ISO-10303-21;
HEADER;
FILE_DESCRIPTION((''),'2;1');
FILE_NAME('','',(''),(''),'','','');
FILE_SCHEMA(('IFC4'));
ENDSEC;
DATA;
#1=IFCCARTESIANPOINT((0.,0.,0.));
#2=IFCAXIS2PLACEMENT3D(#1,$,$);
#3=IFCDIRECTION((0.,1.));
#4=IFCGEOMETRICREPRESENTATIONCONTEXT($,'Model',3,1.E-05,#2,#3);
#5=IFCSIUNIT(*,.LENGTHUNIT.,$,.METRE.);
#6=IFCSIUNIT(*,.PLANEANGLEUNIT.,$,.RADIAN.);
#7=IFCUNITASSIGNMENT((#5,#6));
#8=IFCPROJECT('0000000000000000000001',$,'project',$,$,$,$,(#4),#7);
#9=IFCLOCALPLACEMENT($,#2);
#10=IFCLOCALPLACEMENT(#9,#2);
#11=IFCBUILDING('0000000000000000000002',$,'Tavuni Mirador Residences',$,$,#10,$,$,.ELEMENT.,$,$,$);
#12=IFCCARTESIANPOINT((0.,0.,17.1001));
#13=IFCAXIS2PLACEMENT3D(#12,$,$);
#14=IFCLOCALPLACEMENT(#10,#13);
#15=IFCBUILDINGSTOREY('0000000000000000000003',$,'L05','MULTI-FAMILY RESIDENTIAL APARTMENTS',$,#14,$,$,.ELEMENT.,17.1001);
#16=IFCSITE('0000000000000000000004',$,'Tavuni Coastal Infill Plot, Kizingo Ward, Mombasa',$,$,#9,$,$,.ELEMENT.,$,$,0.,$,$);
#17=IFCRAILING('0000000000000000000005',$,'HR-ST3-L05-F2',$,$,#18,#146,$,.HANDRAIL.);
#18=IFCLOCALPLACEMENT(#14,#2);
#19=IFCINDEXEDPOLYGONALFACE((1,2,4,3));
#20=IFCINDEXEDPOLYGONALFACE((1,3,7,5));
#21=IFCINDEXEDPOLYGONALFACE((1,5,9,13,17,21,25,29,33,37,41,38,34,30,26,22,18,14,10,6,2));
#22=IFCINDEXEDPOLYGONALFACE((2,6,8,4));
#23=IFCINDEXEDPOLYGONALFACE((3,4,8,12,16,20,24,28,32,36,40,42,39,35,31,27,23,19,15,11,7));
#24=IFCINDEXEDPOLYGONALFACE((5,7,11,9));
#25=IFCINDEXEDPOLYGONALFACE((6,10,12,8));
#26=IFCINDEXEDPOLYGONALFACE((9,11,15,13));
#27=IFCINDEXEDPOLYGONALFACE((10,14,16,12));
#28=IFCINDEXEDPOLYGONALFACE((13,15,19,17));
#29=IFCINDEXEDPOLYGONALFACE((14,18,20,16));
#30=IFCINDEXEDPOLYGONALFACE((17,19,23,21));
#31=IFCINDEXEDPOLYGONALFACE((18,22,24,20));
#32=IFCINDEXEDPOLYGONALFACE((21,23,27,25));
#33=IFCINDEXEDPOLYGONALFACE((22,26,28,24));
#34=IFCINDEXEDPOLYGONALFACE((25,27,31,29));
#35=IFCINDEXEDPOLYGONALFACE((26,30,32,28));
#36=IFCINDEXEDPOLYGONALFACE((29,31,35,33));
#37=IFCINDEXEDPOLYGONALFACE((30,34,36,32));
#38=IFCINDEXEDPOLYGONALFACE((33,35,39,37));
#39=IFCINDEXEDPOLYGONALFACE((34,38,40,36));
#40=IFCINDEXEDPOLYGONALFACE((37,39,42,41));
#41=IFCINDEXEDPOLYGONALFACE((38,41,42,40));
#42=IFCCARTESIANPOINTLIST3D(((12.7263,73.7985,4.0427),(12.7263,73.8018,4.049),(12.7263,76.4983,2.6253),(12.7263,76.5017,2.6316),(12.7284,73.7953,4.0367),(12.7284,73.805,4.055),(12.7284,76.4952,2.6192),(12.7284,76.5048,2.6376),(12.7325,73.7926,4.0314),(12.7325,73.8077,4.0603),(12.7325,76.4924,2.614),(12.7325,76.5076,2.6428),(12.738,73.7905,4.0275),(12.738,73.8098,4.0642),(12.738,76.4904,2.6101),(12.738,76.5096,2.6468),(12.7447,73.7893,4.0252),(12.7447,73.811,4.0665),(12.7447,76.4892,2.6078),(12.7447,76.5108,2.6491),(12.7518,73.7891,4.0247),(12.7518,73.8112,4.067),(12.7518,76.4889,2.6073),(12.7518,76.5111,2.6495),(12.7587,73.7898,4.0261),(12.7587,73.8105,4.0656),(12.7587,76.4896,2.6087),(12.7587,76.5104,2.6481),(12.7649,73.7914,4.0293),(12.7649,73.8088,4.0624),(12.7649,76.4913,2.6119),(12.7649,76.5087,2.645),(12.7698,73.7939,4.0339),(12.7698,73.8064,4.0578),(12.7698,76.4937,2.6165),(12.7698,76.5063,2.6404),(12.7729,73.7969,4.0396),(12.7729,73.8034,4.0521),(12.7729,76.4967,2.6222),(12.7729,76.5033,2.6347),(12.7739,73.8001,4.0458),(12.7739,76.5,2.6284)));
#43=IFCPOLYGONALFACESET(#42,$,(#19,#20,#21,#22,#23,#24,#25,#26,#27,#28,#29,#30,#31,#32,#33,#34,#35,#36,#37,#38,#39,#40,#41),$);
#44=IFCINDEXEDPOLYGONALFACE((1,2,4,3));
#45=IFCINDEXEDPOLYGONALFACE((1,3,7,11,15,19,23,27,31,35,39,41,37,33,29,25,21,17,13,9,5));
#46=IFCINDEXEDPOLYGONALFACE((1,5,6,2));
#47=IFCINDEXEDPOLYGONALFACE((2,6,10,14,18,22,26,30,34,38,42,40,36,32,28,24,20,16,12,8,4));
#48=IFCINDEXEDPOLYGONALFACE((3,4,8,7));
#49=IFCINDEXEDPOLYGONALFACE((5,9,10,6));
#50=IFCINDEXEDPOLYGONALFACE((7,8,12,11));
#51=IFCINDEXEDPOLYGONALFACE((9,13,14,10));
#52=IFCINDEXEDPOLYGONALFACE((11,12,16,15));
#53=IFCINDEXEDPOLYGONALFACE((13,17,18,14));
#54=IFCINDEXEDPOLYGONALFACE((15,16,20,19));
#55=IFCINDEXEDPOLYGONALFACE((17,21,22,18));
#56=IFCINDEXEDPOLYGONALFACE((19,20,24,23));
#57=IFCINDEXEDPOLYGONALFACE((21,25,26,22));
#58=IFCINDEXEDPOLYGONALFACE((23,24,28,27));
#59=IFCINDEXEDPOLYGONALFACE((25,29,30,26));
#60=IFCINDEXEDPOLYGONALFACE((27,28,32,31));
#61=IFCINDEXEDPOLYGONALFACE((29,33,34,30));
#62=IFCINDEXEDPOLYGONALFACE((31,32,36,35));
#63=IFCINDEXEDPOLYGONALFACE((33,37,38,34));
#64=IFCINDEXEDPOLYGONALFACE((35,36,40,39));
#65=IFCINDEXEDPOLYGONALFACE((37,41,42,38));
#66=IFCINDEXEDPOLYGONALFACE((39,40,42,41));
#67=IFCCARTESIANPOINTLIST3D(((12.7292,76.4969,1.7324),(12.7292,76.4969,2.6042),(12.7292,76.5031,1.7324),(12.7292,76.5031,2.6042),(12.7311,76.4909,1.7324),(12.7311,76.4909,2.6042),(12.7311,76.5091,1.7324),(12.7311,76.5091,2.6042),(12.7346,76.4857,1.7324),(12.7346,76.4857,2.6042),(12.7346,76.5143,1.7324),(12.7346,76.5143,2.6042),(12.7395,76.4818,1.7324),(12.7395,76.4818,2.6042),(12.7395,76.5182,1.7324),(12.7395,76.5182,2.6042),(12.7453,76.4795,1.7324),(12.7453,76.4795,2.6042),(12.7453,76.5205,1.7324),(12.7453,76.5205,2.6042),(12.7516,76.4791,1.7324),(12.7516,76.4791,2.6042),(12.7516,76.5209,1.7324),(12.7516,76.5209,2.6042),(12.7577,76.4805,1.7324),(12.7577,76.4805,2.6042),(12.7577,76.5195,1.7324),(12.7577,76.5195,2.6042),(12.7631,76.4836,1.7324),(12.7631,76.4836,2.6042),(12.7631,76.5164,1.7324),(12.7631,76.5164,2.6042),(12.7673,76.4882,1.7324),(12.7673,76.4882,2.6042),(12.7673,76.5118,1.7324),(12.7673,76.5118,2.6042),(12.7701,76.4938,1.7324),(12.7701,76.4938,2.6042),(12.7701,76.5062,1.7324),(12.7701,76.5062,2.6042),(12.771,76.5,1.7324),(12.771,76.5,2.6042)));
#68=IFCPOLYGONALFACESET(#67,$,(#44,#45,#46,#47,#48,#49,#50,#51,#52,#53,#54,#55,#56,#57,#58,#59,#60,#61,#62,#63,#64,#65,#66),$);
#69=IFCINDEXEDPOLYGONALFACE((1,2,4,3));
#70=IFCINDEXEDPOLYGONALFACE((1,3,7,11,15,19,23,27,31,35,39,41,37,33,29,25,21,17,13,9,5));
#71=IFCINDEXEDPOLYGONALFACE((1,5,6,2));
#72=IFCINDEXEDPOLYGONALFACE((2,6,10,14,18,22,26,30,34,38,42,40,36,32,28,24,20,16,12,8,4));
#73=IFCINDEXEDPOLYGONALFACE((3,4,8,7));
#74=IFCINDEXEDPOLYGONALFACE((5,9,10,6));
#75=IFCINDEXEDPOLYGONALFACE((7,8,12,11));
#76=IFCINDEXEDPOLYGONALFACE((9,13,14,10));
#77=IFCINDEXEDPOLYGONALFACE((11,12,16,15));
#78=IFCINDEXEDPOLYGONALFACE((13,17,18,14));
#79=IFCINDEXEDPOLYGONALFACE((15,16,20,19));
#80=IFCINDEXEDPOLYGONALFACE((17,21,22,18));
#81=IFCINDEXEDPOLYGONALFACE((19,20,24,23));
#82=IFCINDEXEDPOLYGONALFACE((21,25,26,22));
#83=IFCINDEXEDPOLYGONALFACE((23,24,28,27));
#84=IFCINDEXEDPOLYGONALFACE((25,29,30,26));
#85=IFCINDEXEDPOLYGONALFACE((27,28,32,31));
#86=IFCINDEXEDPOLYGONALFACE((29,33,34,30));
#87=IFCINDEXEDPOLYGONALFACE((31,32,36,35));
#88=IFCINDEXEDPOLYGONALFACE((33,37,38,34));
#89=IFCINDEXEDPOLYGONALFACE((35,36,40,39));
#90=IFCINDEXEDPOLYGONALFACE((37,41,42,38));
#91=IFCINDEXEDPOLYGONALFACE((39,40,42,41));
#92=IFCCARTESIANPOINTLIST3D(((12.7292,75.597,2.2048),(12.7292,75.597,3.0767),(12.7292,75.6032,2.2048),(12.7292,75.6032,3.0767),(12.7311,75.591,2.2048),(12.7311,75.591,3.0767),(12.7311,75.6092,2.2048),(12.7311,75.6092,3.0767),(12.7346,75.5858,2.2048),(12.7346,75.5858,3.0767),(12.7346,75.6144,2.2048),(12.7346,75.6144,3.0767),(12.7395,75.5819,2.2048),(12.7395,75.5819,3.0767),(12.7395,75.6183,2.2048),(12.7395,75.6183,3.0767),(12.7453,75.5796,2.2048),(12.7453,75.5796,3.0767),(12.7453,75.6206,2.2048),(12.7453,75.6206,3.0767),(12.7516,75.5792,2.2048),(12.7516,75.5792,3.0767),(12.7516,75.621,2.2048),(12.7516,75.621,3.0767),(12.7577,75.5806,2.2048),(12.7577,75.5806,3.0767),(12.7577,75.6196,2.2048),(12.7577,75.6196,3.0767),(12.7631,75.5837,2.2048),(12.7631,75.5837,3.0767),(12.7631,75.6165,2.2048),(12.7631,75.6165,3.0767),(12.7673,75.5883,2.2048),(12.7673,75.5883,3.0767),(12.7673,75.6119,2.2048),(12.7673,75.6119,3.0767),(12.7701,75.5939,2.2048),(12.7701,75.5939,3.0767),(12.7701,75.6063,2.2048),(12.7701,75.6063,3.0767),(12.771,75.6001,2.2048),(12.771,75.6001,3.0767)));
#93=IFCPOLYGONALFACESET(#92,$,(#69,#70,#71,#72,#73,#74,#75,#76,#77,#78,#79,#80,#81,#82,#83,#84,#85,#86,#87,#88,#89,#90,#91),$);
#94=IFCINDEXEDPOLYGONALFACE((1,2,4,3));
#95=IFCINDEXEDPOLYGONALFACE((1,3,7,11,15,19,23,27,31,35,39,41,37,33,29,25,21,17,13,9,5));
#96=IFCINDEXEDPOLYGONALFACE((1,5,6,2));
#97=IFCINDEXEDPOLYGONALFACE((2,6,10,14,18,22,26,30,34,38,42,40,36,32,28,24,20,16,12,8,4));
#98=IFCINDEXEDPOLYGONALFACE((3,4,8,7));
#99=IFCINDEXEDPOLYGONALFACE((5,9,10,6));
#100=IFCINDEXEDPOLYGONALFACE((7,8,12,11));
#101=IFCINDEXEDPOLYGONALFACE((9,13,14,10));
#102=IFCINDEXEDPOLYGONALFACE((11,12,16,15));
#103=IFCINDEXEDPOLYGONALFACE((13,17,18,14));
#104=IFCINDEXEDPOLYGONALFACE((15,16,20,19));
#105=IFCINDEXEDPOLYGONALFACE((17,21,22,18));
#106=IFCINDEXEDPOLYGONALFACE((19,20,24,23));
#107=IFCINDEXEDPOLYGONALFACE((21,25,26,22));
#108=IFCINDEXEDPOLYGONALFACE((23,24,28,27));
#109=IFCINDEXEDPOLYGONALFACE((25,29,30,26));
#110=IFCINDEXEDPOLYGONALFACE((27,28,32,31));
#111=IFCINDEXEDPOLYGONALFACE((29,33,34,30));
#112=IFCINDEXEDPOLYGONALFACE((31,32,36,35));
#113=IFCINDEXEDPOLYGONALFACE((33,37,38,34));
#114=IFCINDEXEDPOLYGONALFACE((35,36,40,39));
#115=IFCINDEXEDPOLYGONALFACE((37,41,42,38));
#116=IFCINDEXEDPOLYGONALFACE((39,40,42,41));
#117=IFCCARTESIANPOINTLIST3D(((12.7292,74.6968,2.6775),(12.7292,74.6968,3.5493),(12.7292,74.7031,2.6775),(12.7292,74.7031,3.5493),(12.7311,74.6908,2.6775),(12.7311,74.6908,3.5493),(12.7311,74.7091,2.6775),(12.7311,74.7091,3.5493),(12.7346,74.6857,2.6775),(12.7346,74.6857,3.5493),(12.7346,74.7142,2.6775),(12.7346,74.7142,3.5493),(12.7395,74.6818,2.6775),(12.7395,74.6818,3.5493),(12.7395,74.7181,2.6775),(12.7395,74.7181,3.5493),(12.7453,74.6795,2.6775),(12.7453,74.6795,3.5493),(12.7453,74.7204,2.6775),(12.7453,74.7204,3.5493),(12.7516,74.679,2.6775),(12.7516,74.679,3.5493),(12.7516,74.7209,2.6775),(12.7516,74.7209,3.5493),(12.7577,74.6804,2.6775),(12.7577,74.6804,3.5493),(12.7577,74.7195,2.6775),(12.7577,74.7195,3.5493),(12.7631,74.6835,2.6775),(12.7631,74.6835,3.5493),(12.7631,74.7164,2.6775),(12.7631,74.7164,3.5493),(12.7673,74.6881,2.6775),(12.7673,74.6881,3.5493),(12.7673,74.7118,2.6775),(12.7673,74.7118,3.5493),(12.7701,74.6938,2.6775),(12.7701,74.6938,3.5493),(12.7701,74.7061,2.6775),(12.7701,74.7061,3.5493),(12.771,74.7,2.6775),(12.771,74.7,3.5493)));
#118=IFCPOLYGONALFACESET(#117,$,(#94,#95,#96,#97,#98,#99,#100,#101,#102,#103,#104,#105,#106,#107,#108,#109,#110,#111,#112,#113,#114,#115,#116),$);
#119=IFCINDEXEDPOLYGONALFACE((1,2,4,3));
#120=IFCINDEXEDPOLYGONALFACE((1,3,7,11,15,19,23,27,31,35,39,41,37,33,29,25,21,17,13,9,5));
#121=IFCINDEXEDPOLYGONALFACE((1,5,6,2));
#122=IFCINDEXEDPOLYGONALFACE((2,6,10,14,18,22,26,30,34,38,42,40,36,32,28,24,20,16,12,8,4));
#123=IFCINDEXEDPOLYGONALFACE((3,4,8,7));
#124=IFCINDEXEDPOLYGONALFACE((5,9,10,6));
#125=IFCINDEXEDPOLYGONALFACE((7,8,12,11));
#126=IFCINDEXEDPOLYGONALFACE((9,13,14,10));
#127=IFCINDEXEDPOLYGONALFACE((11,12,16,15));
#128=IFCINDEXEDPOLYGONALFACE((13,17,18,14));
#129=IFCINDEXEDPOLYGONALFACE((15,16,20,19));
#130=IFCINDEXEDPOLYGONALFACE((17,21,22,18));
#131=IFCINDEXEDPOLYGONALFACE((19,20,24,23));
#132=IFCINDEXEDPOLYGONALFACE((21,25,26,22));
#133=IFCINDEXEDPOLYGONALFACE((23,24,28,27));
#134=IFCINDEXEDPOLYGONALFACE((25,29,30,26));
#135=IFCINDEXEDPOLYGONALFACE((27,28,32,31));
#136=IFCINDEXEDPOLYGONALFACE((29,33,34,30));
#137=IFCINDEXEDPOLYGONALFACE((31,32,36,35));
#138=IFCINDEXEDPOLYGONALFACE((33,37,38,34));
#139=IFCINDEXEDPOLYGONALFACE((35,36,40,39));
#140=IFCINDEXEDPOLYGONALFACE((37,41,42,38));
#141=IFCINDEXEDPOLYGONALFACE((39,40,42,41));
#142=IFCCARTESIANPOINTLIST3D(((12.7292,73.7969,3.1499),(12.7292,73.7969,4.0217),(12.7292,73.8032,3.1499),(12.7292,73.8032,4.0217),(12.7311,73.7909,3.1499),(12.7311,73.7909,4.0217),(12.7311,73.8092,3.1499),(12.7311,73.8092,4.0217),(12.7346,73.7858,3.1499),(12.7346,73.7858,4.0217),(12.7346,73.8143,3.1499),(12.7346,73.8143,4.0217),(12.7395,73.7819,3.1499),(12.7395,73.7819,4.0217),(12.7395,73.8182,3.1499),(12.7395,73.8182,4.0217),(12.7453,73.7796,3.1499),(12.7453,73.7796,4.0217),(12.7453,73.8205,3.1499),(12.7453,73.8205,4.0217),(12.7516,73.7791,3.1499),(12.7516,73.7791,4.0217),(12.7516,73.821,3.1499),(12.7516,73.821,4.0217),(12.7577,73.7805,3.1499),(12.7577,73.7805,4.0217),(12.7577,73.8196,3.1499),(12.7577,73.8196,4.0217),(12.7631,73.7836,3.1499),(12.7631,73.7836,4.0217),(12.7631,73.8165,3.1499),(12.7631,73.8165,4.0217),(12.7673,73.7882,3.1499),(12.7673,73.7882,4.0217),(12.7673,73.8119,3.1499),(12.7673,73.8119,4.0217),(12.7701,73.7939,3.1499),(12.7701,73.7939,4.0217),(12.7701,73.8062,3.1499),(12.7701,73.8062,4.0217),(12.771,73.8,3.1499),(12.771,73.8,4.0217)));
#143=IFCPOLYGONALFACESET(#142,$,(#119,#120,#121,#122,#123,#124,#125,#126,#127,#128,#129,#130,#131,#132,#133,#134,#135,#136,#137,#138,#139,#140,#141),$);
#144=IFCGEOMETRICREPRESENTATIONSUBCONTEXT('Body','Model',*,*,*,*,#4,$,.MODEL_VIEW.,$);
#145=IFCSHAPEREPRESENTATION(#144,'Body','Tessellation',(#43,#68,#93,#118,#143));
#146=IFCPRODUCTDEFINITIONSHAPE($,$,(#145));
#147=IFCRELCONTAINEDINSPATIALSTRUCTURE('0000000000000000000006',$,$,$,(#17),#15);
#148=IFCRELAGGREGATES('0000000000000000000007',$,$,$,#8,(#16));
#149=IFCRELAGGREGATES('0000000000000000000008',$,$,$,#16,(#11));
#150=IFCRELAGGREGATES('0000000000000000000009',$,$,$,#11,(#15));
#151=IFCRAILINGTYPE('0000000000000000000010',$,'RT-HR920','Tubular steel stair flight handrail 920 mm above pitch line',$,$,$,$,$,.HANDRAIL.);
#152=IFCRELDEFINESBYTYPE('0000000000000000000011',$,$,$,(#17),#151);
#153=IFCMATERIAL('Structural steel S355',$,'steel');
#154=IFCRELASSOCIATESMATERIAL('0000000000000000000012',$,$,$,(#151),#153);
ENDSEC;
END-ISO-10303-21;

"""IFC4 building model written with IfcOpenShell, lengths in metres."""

from ifc_helpers import new_model, si_unit, direction, frame, origin, origin_2d, place, context, subcontext, project, spatial, circle, extrude, material, type_object, element, save


model = new_model("IFC4")

# Units and contexts
model_context = context("Model", 3, precision=1e-05, world=origin(), true_north=direction((0.0, 1.0)))
body_context = subcontext(model_context, "Body", "Model", "MODEL_VIEW")
ifc_project = project(units=[si_unit("LENGTHUNIT", "METRE"), si_unit("PLANEANGLEUNIT", "RADIAN")], contexts=[model_context])

# Site, building, storey
site_placement = place(None, origin())
site = spatial("IfcSite", under=ifc_project, at=site_placement, Name="Tavuni Coastal Infill Plot, Kizingo Ward, Mombasa", CompositionType="ELEMENT", RefElevation=0.0)
building_placement = place(site_placement, origin())
building = spatial("IfcBuilding", under=site, at=building_placement, Name="Tavuni Mirador Residences", CompositionType="ELEMENT")
storey_placement = place(building_placement, frame((0.0, 0.0, 17.1001)))
storey = spatial("IfcBuildingStorey", under=building, at=storey_placement, Name="L05", Description="MULTI-FAMILY RESIDENTIAL APARTMENTS", CompositionType="ELEMENT", Elevation=17.1001)

# Shared definitions
ifc_material_1 = material(Name="Structural steel S355", Category="steel")

# Railing
railing_type_1 = type_object("IfcRailingType", Name="RT-HR920", Description="Tubular steel stair flight handrail 920 mm above pitch line", PredefinedType="HANDRAIL", material=ifc_material_1)
railing_1_placement = place(storey_placement, frame((12.75, 76.5, 1.7324)))
element("IfcRailing", 1, at=railing_1_placement, inside=storey, type_object=railing_type_1, Name="HR-ST3-L05-F2", PredefinedType="HANDRAIL", context=body_context, shape_type="SweptSolid", body=[
    extrude(circle(Radius=0.0239, at=origin_2d()), frame((0.0, 0.0, 0.896), z_axis=(0.0, -0.885397, 0.464835), x_axis=(1.0, 0.0, 0.0)), (0.0, 0.0, 1.0), 3.0493),
    extrude(circle(Radius=0.021, at=origin_2d()), origin(), (0.0, 0.0, 1.0), 0.8718),
    extrude(circle(Radius=0.021, at=origin_2d()), frame((0.0, -0.8999, 0.4724)), (0.0, 0.0, 1.0), 0.8718),
    extrude(circle(Radius=0.021, at=origin_2d()), frame((0.0, -1.8, 0.9451)), (0.0, 0.0, 1.0), 0.8718),
    extrude(circle(Radius=0.021, at=origin_2d()), frame((0.0, -2.7, 1.4175)), (0.0, 0.0, 1.0), 0.8718),
])

save(model, "model.ifc")
